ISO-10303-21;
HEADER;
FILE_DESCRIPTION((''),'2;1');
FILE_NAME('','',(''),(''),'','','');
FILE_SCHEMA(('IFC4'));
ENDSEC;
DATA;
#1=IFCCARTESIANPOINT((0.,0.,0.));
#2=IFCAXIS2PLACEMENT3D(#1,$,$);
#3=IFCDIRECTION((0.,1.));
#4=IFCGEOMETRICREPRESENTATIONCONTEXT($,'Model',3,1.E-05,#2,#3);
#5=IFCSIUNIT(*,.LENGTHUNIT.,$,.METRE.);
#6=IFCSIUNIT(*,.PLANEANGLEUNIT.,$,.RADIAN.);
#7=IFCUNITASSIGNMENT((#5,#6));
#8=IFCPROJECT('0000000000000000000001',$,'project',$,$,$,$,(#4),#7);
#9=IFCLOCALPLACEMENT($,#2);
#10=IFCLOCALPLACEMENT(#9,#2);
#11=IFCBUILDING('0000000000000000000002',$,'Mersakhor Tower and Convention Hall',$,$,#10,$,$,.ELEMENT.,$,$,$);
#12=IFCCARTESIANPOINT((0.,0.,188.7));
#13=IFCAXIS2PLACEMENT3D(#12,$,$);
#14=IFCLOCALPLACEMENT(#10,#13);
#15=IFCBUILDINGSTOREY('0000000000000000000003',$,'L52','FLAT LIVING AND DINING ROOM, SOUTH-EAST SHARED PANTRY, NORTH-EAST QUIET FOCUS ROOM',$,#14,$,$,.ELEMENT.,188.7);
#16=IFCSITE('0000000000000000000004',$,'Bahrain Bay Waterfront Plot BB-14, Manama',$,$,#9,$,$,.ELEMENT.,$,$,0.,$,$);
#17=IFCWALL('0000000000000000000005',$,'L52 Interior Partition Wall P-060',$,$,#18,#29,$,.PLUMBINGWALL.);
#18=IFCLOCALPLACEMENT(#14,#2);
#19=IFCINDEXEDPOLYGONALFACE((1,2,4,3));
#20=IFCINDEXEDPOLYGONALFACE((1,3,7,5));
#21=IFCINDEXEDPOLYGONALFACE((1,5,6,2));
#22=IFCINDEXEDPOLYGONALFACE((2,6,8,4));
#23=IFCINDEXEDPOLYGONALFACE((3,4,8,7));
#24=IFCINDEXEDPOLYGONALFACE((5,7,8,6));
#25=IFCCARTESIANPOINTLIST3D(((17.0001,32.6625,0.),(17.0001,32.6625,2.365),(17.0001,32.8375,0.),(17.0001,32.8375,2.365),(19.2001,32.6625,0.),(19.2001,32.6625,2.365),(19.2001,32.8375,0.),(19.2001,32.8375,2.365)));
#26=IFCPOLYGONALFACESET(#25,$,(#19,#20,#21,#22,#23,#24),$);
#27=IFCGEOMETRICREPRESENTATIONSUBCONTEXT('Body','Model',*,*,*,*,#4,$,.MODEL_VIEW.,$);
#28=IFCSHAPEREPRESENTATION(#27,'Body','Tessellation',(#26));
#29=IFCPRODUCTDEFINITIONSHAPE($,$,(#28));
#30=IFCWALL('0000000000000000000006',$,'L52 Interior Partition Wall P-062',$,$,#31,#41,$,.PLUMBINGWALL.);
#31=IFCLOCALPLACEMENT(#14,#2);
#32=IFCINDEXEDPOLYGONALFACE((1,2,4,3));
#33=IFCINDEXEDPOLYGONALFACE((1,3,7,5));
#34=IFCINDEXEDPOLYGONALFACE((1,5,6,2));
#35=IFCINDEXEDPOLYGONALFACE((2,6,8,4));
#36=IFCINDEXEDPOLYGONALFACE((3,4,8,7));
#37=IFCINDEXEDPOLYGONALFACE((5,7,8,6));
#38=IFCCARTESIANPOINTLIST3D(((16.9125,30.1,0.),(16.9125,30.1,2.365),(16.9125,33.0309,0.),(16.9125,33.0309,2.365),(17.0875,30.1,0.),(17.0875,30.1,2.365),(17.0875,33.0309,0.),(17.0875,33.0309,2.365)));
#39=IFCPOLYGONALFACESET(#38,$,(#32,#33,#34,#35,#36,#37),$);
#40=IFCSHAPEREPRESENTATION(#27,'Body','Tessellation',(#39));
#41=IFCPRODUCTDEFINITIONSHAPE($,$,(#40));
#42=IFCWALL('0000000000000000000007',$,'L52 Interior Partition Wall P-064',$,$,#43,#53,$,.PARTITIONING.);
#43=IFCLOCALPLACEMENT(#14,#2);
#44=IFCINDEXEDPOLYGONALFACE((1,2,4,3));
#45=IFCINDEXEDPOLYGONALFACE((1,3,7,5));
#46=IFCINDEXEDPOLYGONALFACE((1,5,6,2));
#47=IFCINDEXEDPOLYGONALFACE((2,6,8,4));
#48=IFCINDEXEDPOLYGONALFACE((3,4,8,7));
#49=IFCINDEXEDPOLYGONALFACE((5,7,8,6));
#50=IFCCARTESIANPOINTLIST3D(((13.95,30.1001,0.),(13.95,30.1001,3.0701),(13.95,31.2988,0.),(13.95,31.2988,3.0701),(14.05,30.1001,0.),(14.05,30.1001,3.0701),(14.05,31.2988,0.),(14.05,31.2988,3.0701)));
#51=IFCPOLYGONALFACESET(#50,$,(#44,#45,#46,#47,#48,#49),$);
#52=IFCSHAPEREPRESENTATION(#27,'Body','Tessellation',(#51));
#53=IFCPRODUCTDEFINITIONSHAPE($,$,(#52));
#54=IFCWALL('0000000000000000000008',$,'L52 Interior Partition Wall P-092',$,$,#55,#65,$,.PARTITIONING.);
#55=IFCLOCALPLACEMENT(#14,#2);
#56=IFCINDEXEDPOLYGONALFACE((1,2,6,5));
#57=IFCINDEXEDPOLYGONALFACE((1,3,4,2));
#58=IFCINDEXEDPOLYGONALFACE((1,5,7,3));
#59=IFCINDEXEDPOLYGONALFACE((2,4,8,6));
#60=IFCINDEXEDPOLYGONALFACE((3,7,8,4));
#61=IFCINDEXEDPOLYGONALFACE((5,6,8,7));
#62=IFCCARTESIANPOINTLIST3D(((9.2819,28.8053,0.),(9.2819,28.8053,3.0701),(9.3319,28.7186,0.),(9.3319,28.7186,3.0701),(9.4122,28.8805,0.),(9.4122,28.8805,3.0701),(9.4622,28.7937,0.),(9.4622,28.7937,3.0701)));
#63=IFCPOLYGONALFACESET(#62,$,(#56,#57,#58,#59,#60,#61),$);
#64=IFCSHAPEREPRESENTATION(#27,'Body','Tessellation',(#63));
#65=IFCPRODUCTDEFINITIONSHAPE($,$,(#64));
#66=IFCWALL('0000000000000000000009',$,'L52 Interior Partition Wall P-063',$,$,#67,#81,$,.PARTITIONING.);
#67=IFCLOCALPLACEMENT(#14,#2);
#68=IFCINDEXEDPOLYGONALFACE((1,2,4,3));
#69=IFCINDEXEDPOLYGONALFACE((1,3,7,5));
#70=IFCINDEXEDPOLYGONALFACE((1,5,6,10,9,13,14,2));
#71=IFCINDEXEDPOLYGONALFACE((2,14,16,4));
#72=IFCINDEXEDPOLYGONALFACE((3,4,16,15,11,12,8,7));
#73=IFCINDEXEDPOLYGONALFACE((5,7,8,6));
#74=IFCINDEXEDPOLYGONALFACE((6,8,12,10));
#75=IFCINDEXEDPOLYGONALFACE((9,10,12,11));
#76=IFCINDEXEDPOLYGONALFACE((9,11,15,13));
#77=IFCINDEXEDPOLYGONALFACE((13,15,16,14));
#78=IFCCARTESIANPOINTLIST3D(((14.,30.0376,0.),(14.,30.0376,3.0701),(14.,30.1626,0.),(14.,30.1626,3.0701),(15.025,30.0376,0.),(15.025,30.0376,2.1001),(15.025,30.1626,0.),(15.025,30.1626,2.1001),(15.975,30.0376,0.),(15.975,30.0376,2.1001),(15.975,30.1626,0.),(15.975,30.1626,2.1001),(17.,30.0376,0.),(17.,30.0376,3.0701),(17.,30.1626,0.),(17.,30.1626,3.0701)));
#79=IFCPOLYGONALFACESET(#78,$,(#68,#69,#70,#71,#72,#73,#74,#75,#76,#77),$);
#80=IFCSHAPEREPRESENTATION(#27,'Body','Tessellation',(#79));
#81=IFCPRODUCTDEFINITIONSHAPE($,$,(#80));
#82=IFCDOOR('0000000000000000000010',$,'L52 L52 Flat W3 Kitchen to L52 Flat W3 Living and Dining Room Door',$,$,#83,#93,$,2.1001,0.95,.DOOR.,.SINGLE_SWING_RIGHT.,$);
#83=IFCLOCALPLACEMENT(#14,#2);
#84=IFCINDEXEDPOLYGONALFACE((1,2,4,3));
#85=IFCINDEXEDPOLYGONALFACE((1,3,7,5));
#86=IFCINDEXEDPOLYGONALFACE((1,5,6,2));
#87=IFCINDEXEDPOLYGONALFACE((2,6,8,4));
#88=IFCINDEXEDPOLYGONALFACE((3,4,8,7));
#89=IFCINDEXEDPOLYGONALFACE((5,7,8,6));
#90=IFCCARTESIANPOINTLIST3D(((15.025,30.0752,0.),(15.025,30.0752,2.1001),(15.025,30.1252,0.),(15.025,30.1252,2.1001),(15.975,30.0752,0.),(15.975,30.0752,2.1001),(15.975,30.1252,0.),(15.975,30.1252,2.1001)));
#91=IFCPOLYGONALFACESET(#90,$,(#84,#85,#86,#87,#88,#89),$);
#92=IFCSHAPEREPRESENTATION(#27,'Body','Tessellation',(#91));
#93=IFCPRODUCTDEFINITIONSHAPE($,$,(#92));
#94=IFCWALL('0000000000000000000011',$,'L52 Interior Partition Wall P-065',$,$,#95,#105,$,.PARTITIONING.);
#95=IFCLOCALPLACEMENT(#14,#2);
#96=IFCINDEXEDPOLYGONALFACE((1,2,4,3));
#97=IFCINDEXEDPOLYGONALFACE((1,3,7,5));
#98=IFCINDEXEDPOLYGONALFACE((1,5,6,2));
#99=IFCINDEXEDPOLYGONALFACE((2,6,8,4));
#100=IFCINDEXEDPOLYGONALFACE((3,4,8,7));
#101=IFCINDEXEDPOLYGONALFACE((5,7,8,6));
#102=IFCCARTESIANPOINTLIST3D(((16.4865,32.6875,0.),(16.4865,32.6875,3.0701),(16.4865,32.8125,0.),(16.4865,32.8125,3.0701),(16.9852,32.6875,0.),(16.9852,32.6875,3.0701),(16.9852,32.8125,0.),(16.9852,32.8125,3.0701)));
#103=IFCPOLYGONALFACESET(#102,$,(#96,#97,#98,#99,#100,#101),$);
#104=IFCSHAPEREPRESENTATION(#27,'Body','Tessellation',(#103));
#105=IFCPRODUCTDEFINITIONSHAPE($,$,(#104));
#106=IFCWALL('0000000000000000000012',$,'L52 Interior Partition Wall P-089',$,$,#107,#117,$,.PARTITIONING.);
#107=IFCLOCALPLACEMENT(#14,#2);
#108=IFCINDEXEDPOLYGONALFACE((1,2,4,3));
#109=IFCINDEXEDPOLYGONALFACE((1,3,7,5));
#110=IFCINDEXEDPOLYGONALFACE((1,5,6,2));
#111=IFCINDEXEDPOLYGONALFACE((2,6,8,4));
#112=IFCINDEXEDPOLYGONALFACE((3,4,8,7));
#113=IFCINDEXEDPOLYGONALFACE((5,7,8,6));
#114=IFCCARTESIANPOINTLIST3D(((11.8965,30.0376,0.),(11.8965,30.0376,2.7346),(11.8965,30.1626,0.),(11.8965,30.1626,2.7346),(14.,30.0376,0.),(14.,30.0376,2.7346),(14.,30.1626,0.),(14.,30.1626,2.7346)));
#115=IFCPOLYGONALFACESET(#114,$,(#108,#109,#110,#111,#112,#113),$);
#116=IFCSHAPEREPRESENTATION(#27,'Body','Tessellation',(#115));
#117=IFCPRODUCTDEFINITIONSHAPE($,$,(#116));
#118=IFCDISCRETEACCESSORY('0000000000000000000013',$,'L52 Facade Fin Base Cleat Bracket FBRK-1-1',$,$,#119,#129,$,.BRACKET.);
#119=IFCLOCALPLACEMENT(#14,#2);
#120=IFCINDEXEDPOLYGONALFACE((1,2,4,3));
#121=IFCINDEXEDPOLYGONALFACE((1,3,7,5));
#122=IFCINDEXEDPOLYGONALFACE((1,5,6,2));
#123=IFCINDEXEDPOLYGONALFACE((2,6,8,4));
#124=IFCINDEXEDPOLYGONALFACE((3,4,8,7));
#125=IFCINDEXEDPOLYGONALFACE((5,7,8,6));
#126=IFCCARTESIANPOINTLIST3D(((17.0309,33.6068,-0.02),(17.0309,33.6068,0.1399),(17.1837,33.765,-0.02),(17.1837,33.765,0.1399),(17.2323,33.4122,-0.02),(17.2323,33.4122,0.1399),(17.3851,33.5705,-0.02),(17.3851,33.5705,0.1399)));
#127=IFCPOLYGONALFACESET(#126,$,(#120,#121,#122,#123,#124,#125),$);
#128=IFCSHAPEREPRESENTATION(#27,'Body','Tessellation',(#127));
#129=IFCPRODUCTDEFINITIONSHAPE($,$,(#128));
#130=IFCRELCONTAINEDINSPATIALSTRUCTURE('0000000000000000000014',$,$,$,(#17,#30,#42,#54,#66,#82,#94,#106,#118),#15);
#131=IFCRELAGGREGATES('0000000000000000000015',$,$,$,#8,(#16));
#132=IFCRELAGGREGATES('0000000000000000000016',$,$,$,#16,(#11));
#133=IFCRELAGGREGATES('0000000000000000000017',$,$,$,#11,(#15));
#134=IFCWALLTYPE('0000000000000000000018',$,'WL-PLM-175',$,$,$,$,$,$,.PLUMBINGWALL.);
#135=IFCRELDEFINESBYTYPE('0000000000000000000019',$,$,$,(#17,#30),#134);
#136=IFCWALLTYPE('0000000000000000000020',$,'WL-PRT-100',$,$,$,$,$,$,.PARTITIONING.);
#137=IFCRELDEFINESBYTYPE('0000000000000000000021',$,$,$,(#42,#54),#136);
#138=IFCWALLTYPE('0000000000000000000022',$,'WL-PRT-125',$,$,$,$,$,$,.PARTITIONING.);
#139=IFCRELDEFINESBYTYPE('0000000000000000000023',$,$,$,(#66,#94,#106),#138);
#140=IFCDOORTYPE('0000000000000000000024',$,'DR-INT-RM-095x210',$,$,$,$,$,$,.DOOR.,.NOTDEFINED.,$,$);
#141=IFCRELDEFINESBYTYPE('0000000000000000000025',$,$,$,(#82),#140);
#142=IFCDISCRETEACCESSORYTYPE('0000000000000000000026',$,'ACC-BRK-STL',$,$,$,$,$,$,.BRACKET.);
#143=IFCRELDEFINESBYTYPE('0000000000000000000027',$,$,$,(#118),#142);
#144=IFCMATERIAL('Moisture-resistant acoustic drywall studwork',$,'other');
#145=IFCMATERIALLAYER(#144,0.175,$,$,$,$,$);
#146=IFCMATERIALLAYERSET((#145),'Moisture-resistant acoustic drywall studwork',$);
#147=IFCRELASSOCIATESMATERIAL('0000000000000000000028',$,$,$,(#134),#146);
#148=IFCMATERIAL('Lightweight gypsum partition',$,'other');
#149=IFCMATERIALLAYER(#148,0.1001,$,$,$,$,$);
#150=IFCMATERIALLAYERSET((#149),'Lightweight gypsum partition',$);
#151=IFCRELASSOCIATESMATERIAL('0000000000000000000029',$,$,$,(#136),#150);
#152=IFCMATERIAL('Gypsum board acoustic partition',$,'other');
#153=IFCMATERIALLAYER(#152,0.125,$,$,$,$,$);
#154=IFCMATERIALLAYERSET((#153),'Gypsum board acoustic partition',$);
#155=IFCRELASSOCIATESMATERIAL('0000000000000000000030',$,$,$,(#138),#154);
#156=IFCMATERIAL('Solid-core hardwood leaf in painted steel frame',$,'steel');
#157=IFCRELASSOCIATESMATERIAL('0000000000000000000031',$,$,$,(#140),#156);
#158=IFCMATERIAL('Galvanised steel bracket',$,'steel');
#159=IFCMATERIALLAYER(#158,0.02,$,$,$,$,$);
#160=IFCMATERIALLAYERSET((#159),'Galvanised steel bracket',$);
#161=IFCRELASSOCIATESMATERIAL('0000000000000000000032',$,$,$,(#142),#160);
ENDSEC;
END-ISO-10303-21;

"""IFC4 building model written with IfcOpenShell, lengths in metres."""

from ifc_helpers import new_model, si_unit, direction, frame, frame_2d, origin, origin_2d, place, context, subcontext, project, spatial, rectangle, extrude, material, layer, layer_set, type_object, element, fill, save


model = new_model("IFC4")

# Units and contexts
model_context = context("Model", 3, precision=1e-05, world=origin(), true_north=direction((0.0, 1.0)))
body_context = subcontext(model_context, "Body", "Model", "MODEL_VIEW")
ifc_project = project(units=[si_unit("LENGTHUNIT", "METRE"), si_unit("PLANEANGLEUNIT", "RADIAN")], contexts=[model_context])

# Site, building, storey
site_placement = place(None, origin())
site = spatial("IfcSite", under=ifc_project, at=site_placement, Name="Bahrain Bay Waterfront Plot BB-14, Manama", CompositionType="ELEMENT", RefElevation=0.0)
building_placement = place(site_placement, origin())
building = spatial("IfcBuilding", under=site, at=building_placement, Name="Mersakhor Tower and Convention Hall", CompositionType="ELEMENT")
storey_placement = place(building_placement, frame((0.0, 0.0, 188.7)))
storey = spatial("IfcBuildingStorey", under=building, at=storey_placement, Name="L52", Description="FLAT LIVING AND DINING ROOM, SOUTH-EAST SHARED PANTRY, NORTH-EAST QUIET FOCUS ROOM", CompositionType="ELEMENT", Elevation=188.7)

# Walls
ifc_material_1 = material(Name="Moisture-resistant acoustic drywall studwork", Category="other")
ifc_layer_1 = layer(ifc_material_1, 0.175)
ifc_layer_set_1 = layer_set([ifc_layer_1], Name="Moisture-resistant acoustic drywall studwork")
wall_type_1 = type_object("IfcWallType", Name="WL-PLM-175", PredefinedType="PLUMBINGWALL", material=ifc_layer_set_1)
wall_1_placement = place(storey_placement, frame((17.0, 32.75, 0.0), z_axis=(0.0, 0.0, 1.0), x_axis=(1.0, 0.0, 0.0)))
element("IfcWall", 1, at=wall_1_placement, inside=storey, type_object=wall_type_1, Name="L52 Interior Partition Wall P-060", PredefinedType="PLUMBINGWALL", context=body_context, shape_type="SweptSolid", body=[
    extrude(rectangle(XDim=2.2, YDim=0.175, at=frame_2d((1.1001, 0.0))), origin(), (0.0, 0.0, 1.0), 2.365),
])
wall_2_placement = place(storey_placement, frame((17.0, 30.1001, 0.0), z_axis=(0.0, 0.0, 1.0), x_axis=(0.0, 1.0, 0.0)))
element("IfcWall", 2, at=wall_2_placement, inside=storey, type_object=wall_type_1, Name="L52 Interior Partition Wall P-062", PredefinedType="PLUMBINGWALL", context=body_context, shape_type="SweptSolid", body=[
    extrude(rectangle(XDim=2.9309, YDim=0.175, at=frame_2d((1.4653, 0.0))), origin(), (0.0, 0.0, 1.0), 2.365),
])
ifc_material_2 = material(Name="Lightweight gypsum partition", Category="other")
ifc_layer_2 = layer(ifc_material_2, 0.1001)
ifc_layer_set_2 = layer_set([ifc_layer_2], Name="Lightweight gypsum partition")
wall_type_2 = type_object("IfcWallType", Name="WL-PRT-100", PredefinedType="PARTITIONING", material=ifc_layer_set_2)
wall_3_placement = place(storey_placement, frame((14.0, 30.1001, 0.0), z_axis=(0.0, 0.0, 1.0), x_axis=(0.0, 1.0, 0.0)))
element("IfcWall", 3, at=wall_3_placement, inside=storey, type_object=wall_type_2, Name="L52 Interior Partition Wall P-064", PredefinedType="PARTITIONING", context=body_context, shape_type="SweptSolid", body=[
    extrude(rectangle(XDim=1.1987, YDim=0.1001, at=frame_2d((0.5994, 0.0))), origin(), (0.0, 0.0, 1.0), 3.0701),
])
wall_4_placement = place(storey_placement, frame((9.3069, 28.762, 0.0), z_axis=(0.0, 0.0, 1.0), x_axis=(0.86624, 0.499629, 0.0)))
element("IfcWall", 4, at=wall_4_placement, inside=storey, type_object=wall_type_2, Name="L52 Interior Partition Wall P-092", PredefinedType="PARTITIONING", context=body_context, shape_type="SweptSolid", body=[
    extrude(rectangle(XDim=0.1504, YDim=0.1001, at=frame_2d((0.0752, 0.0))), origin(), (0.0, 0.0, 1.0), 3.0701),
])

# Wall, opening, door
ifc_material_3 = material(Name="Gypsum board acoustic partition", Category="other")
ifc_layer_3 = layer(ifc_material_3, 0.125)
ifc_layer_set_3 = layer_set([ifc_layer_3], Name="Gypsum board acoustic partition")
wall_type_3 = type_object("IfcWallType", Name="WL-PRT-125", PredefinedType="PARTITIONING", material=ifc_layer_set_3)
wall_5_placement = place(storey_placement, frame((17.0, 30.1001, 0.0), z_axis=(0.0, 0.0, 1.0), x_axis=(-1.0, 0.0, 0.0)))
wall_5 = element("IfcWall", 5, at=wall_5_placement, inside=storey, type_object=wall_type_3, Name="L52 Interior Partition Wall P-063", PredefinedType="PARTITIONING", context=body_context, shape_type="SweptSolid", body=[
    extrude(rectangle(XDim=3.0, YDim=0.125, at=frame_2d((1.5, 0.0))), origin(), (0.0, 0.0, 1.0), 3.0701),
])
opening_placement = place(wall_5_placement, frame((1.0249, 0.0, 0.0)))
opening = element("IfcOpeningElement", 6, at=opening_placement, cuts=wall_5, PredefinedType="OPENING", context=body_context, shape_type="SweptSolid", body=[
    extrude(rectangle(XDim=0.95, YDim=2.1001, at=frame_2d((0.4751, 1.05))), frame((0.0, 0.0725, 0.0), z_axis=(0.0, -1.0, 0.0), x_axis=(1.0, 0.0, 0.0)), (0.0, 0.0, 1.0), 0.145),
])
ifc_material_4 = material(Name="Solid-core hardwood leaf in painted steel frame", Category="steel")
door_type = type_object("IfcDoorType", Name="DR-INT-RM-095x210", OperationType="NOTDEFINED", PredefinedType="DOOR", material=ifc_material_4)
door_placement = place(opening_placement, origin())
door = element("IfcDoor", 7, at=door_placement, inside=storey, type_object=door_type, Name="L52 L52 Flat W3 Kitchen to L52 Flat W3 Living and Dining Room Door", OperationType="SINGLE_SWING_RIGHT", OverallHeight=2.1001, OverallWidth=0.95, PredefinedType="DOOR", context=body_context, shape_type="SweptSolid", body=[
    extrude(rectangle(XDim=0.95, YDim=2.1001, at=frame_2d((0.4751, 1.05))), frame((0.0, 0.0249, 0.0), z_axis=(0.0, -1.0, 0.0), x_axis=(1.0, 0.0, 0.0)), (0.0, 0.0, 1.0), 0.05),
])
fill(opening, door)

# Walls
wall_6_placement = place(storey_placement, frame((16.4863, 32.75, 0.0), z_axis=(0.0, 0.0, 1.0), x_axis=(1.0, 0.0, 0.0)))
element("IfcWall", 8, at=wall_6_placement, inside=storey, type_object=wall_type_3, Name="L52 Interior Partition Wall P-065", PredefinedType="PARTITIONING", context=body_context, shape_type="SweptSolid", body=[
    extrude(rectangle(XDim=0.4988, YDim=0.125, at=frame_2d((0.2495, 0.0))), origin(), (0.0, 0.0, 1.0), 3.0701),
])
wall_7_placement = place(storey_placement, frame((11.8965, 30.1001, 0.0), z_axis=(0.0, 0.0, 1.0), x_axis=(1.0, 0.0, 0.0)))
element("IfcWall", 9, at=wall_7_placement, inside=storey, type_object=wall_type_3, Name="L52 Interior Partition Wall P-089", PredefinedType="PARTITIONING", context=body_context, shape_type="SweptSolid", body=[
    extrude(rectangle(XDim=2.1035, YDim=0.125, at=frame_2d((1.0518, 0.0))), origin(), (0.0, 0.0, 1.0), 2.7346),
])

# Discrete accessory
ifc_material_5 = material(Name="Galvanised steel bracket", Category="steel")
ifc_layer_4 = layer(ifc_material_5, 0.02)
ifc_layer_set_4 = layer_set([ifc_layer_4], Name="Galvanised steel bracket")
discrete_accessory_type = type_object("IfcDiscreteAccessoryType", Name="ACC-BRK-STL", PredefinedType="BRACKET", material=ifc_layer_set_4)
discrete_accessory_placement = place(storey_placement, frame((17.208, 33.5886, -0.02), z_axis=(0.0, 0.0, 1.0), x_axis=(-0.71934, 0.694658, 0.0)))
element("IfcDiscreteAccessory", 10, at=discrete_accessory_placement, inside=storey, type_object=discrete_accessory_type, Name="L52 Facade Fin Base Cleat Bracket FBRK-1-1", PredefinedType="BRACKET", context=body_context, shape_type="SweptSolid", body=[
    extrude(rectangle(XDim=0.28, YDim=0.22, at=origin_2d()), origin(), (0.0, 0.0, 1.0), 0.1599),
])

save(model, "model.ifc")
